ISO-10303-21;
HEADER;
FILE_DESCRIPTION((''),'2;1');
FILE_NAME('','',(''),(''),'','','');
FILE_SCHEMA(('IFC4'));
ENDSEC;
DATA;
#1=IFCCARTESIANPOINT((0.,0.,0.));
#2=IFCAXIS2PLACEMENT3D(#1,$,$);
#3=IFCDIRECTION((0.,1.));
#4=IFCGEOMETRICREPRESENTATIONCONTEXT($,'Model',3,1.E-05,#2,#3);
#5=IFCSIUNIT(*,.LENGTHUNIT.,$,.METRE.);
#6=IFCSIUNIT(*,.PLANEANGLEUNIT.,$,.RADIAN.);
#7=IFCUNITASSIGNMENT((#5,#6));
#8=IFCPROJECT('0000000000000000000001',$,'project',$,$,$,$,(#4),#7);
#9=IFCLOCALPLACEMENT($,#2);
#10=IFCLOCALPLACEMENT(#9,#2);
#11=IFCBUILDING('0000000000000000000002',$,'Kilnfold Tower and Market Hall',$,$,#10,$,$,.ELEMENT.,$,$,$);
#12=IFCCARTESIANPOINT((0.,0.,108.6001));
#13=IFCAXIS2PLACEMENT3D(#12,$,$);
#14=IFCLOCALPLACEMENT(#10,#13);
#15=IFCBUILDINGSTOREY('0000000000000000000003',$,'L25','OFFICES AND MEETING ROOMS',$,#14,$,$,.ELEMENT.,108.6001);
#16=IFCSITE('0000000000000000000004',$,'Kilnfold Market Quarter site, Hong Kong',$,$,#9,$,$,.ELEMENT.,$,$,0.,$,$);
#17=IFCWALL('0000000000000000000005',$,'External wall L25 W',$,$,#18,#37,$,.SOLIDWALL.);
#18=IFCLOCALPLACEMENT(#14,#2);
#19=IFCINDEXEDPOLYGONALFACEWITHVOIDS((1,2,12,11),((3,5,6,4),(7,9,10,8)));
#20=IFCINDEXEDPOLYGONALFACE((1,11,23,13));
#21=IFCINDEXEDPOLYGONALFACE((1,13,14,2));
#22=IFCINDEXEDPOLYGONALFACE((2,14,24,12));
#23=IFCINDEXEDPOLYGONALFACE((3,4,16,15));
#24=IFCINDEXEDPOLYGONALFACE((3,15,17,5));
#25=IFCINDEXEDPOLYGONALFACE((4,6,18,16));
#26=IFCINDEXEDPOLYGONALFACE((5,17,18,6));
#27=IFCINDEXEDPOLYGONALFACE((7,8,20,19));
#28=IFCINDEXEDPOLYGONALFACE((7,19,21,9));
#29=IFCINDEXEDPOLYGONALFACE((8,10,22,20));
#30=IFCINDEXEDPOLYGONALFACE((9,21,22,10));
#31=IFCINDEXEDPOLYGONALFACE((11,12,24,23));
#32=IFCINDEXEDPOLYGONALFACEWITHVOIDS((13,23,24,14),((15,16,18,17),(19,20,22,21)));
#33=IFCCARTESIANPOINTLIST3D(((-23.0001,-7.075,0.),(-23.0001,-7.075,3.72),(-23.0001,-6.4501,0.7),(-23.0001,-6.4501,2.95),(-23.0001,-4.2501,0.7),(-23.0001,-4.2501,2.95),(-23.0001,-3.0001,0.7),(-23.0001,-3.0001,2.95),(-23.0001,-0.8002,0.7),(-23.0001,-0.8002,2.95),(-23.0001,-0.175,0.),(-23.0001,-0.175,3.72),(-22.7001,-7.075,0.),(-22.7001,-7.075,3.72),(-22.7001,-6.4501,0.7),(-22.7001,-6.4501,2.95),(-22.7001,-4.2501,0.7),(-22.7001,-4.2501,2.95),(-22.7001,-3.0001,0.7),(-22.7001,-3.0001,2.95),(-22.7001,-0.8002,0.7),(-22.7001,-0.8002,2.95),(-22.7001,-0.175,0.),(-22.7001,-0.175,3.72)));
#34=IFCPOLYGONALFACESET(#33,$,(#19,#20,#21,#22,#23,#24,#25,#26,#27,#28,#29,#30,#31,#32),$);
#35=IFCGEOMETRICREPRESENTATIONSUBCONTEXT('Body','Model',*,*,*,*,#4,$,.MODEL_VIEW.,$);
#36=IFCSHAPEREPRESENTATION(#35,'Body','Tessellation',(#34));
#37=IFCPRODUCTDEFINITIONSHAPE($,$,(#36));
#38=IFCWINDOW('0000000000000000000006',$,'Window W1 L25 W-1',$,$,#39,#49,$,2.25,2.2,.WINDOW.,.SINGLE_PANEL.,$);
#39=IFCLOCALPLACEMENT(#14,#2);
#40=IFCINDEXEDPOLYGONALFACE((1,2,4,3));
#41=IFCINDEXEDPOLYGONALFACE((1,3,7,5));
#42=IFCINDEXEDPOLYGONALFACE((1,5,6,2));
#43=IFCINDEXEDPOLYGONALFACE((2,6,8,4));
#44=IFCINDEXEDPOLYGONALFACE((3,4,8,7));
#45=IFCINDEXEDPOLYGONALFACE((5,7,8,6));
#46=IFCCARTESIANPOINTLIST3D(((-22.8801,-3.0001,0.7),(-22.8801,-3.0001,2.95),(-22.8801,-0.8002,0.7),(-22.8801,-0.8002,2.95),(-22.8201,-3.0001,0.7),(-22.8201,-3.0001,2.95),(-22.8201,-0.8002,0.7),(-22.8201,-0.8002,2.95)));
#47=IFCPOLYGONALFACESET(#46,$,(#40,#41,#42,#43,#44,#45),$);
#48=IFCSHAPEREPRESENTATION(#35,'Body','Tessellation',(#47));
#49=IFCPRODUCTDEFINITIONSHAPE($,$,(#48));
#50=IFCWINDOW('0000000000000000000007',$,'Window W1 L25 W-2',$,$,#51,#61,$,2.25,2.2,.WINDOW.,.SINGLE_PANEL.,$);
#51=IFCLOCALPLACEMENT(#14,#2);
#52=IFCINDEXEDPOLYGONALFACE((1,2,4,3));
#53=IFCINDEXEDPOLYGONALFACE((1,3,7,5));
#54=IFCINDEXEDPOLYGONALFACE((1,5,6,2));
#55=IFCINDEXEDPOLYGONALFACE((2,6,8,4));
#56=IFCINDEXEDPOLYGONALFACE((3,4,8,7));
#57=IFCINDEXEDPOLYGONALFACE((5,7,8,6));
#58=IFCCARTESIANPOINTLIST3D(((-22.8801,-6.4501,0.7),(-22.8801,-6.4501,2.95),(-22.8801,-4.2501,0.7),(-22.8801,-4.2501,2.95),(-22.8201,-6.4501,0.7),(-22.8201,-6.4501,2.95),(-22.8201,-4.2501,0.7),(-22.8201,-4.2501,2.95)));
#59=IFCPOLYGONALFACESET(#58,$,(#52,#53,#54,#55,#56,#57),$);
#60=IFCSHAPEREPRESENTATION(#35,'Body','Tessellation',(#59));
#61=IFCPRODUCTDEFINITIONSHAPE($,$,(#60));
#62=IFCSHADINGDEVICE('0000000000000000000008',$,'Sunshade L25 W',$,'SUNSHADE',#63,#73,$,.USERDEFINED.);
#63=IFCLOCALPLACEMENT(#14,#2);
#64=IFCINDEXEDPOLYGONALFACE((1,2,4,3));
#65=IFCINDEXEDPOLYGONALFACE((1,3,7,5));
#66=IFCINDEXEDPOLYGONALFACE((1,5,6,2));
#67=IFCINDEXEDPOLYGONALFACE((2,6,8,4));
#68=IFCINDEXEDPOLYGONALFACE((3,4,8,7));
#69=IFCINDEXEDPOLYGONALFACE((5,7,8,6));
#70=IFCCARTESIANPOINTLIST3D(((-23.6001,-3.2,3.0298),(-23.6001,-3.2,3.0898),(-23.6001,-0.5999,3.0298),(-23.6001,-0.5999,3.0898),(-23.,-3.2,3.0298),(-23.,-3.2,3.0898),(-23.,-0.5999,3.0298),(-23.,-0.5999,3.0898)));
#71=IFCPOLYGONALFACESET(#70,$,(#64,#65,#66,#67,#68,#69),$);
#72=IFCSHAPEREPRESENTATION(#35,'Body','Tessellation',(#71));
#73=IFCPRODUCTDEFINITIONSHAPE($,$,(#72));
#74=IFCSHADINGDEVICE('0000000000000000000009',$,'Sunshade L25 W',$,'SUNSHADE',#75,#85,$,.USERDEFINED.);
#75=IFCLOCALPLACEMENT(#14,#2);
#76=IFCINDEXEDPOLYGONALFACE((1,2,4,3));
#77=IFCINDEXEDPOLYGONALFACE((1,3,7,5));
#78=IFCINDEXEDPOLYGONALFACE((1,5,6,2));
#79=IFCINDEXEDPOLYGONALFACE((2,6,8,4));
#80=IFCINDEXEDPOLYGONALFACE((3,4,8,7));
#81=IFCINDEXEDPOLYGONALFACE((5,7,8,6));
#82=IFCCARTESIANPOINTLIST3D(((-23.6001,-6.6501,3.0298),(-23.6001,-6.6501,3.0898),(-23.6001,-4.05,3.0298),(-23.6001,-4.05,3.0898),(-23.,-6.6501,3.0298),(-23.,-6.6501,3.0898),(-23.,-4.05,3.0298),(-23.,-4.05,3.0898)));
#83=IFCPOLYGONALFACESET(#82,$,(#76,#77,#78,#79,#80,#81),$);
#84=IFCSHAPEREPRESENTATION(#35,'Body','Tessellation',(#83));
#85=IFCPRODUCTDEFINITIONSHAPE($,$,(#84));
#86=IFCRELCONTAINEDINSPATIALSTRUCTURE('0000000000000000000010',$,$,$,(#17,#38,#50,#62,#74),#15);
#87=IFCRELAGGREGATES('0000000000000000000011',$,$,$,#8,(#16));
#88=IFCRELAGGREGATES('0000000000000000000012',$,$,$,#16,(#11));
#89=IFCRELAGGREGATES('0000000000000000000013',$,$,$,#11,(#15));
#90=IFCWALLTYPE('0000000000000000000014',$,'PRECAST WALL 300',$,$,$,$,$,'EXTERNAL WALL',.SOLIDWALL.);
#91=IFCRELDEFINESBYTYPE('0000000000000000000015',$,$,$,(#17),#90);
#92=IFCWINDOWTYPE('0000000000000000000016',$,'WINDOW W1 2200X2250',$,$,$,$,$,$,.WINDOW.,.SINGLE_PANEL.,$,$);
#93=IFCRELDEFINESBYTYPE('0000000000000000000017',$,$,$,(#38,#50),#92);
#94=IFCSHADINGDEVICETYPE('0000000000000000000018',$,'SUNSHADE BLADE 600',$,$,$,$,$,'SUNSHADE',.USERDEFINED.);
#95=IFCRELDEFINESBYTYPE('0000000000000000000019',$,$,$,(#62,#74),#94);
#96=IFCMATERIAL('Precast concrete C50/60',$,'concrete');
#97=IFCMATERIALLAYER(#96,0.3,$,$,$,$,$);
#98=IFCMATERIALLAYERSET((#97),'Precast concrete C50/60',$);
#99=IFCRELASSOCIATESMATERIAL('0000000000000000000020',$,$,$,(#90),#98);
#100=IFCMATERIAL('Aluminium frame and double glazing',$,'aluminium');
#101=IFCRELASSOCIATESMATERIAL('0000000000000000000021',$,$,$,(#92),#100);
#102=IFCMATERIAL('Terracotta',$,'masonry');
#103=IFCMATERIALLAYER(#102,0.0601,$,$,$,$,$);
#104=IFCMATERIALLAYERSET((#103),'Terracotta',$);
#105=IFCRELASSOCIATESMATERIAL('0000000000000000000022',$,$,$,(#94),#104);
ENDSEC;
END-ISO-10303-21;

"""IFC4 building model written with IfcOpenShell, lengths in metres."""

from ifc_helpers import new_model, si_unit, direction, frame, frame_2d, origin, origin_2d, place, context, subcontext, project, spatial, rectangle, extrude, source, transform, mapped, material, layer, layer_set, type_object, element, fill, save


model = new_model("IFC4")

# Units and contexts
model_context = context("Model", 3, precision=1e-05, world=origin(), true_north=direction((0.0, 1.0)))
body_context = subcontext(model_context, "Body", "Model", "MODEL_VIEW")
ifc_project = project(units=[si_unit("LENGTHUNIT", "METRE"), si_unit("PLANEANGLEUNIT", "RADIAN")], contexts=[model_context])

# Site, building, storey
site_placement = place(None, origin())
site = spatial("IfcSite", under=ifc_project, at=site_placement, Name="Kilnfold Market Quarter site, Hong Kong", CompositionType="ELEMENT", RefElevation=0.0)
building_placement = place(site_placement, origin())
building = spatial("IfcBuilding", under=site, at=building_placement, Name="Kilnfold Tower and Market Hall", CompositionType="ELEMENT")
storey_placement = place(building_placement, frame((0.0, 0.0, 108.6001)))
storey = spatial("IfcBuildingStorey", under=building, at=storey_placement, Name="L25", Description="OFFICES AND MEETING ROOMS", CompositionType="ELEMENT", Elevation=108.6001)

# Wall, openings, windows
ifc_material_1 = material(Name="Precast concrete C50/60", Category="concrete")
ifc_layer_1 = layer(ifc_material_1, 0.3)
ifc_layer_set_1 = layer_set([ifc_layer_1], Name="Precast concrete C50/60")
wall_type_1 = type_object("IfcWallType", Name="PRECAST WALL 300", ElementType="EXTERNAL WALL", PredefinedType="SOLIDWALL", material=ifc_layer_set_1)
shared_shape_1 = source(origin(), body_context, "Body", "SweptSolid", [
    extrude(rectangle(XDim=6.8999, YDim=0.3, at=frame_2d((3.45, 0.0))), origin(), (0.0, 0.0, 1.0), 3.72),
])
wall_1_placement = place(storey_placement, frame((-22.8501, -0.175, 0.0), z_axis=(0.0, 0.0, 1.0), x_axis=(0.0, -1.0, 0.0)))
wall_1 = element("IfcWall", 1, at=wall_1_placement, inside=storey, type_object=wall_type_1, Name="External wall L25 W", PredefinedType="SOLIDWALL", context=body_context, shape_type="MappedRepresentation", body=[
    mapped(shared_shape_1, transform((0.0, 0.0, 0.0))),
])
opening_1_placement = place(wall_1_placement, frame((0.625, 0.0, 0.7)))
opening_1 = element("IfcOpeningElement", 2, at=opening_1_placement, cuts=wall_1, PredefinedType="OPENING", context=body_context, shape_type="SweptSolid", body=[
    extrude(rectangle(XDim=2.2, YDim=2.25, at=frame_2d((1.1001, 1.125))), frame((0.0, 0.1602, 0.0), z_axis=(0.0, -1.0, 0.0), x_axis=(1.0, 0.0, 0.0)), (0.0, 0.0, 1.0), 0.3201),
])
opening_2_placement = place(wall_1_placement, frame((4.075, 0.0, 0.7)))
opening_2 = element("IfcOpeningElement", 3, at=opening_2_placement, cuts=wall_1, PredefinedType="OPENING", context=body_context, shape_type="SweptSolid", body=[
    extrude(rectangle(XDim=2.2, YDim=2.25, at=frame_2d((1.1001, 1.125))), frame((0.0, 0.1602, 0.0), z_axis=(0.0, -1.0, 0.0), x_axis=(1.0, 0.0, 0.0)), (0.0, 0.0, 1.0), 0.3201),
])
ifc_material_2 = material(Name="Aluminium frame and double glazing", Category="aluminium")
window_type = type_object("IfcWindowType", Name="WINDOW W1 2200X2250", PartitioningType="SINGLE_PANEL", PredefinedType="WINDOW", material=ifc_material_2)
window_1_placement = place(opening_1_placement, origin())
window_1 = element("IfcWindow", 4, at=window_1_placement, inside=storey, type_object=window_type, Name="Window W1 L25 W-1", OverallHeight=2.25, OverallWidth=2.2, PartitioningType="SINGLE_PANEL", PredefinedType="WINDOW", context=body_context, shape_type="SweptSolid", body=[
    extrude(rectangle(XDim=2.2, YDim=2.25, at=frame_2d((1.1001, 1.125))), frame((0.0, 0.03, 0.0), z_axis=(0.0, -1.0, 0.0), x_axis=(1.0, 0.0, 0.0)), (0.0, 0.0, 1.0), 0.0601),
])
fill(opening_1, window_1)
window_2_placement = place(opening_2_placement, origin())
window_2 = element("IfcWindow", 5, at=window_2_placement, inside=storey, type_object=window_type, Name="Window W1 L25 W-2", OverallHeight=2.25, OverallWidth=2.2, PartitioningType="SINGLE_PANEL", PredefinedType="WINDOW", context=body_context, shape_type="SweptSolid", body=[
    extrude(rectangle(XDim=2.2, YDim=2.25, at=frame_2d((1.1001, 1.125))), frame((0.0, 0.03, 0.0), z_axis=(0.0, -1.0, 0.0), x_axis=(1.0, 0.0, 0.0)), (0.0, 0.0, 1.0), 0.0601),
])
fill(opening_2, window_2)

# Shading devices
ifc_material_3 = material(Name="Terracotta", Category="masonry")
ifc_layer_2 = layer(ifc_material_3, 0.0601)
ifc_layer_set_2 = layer_set([ifc_layer_2], Name="Terracotta")
shading_device_type = type_object("IfcShadingDeviceType", Name="SUNSHADE BLADE 600", ElementType="SUNSHADE", PredefinedType="USERDEFINED", material=ifc_layer_set_2)
shared_shape_2 = source(origin(), body_context, "Body", "SweptSolid", [
    extrude(rectangle(XDim=2.6001, YDim=0.6001, at=origin_2d()), origin(), (0.0, 0.0, 1.0), 0.0601),
])
for number, where, z_axis, x_axis, name in (
    (6, (-23.3, -1.8999, 3.0298), (0.0, 0.0, 1.0), (0.0, -1.0, 0.0), "Sunshade L25 W"),
    (7, (-23.3, -5.3501, 3.0298), (0.0, 0.0, 1.0), (0.0, -1.0, 0.0), "Sunshade L25 W"),
):
    element("IfcShadingDevice", number, at=place(storey_placement, frame(where, z_axis=z_axis, x_axis=x_axis)), inside=storey, type_object=shading_device_type, Name=name, ObjectType="SUNSHADE", PredefinedType="USERDEFINED", context=body_context, shape_type="MappedRepresentation", body=[
        mapped(shared_shape_2, transform((0.0, 0.0, 0.0))),
    ])

save(model, "model.ifc")
